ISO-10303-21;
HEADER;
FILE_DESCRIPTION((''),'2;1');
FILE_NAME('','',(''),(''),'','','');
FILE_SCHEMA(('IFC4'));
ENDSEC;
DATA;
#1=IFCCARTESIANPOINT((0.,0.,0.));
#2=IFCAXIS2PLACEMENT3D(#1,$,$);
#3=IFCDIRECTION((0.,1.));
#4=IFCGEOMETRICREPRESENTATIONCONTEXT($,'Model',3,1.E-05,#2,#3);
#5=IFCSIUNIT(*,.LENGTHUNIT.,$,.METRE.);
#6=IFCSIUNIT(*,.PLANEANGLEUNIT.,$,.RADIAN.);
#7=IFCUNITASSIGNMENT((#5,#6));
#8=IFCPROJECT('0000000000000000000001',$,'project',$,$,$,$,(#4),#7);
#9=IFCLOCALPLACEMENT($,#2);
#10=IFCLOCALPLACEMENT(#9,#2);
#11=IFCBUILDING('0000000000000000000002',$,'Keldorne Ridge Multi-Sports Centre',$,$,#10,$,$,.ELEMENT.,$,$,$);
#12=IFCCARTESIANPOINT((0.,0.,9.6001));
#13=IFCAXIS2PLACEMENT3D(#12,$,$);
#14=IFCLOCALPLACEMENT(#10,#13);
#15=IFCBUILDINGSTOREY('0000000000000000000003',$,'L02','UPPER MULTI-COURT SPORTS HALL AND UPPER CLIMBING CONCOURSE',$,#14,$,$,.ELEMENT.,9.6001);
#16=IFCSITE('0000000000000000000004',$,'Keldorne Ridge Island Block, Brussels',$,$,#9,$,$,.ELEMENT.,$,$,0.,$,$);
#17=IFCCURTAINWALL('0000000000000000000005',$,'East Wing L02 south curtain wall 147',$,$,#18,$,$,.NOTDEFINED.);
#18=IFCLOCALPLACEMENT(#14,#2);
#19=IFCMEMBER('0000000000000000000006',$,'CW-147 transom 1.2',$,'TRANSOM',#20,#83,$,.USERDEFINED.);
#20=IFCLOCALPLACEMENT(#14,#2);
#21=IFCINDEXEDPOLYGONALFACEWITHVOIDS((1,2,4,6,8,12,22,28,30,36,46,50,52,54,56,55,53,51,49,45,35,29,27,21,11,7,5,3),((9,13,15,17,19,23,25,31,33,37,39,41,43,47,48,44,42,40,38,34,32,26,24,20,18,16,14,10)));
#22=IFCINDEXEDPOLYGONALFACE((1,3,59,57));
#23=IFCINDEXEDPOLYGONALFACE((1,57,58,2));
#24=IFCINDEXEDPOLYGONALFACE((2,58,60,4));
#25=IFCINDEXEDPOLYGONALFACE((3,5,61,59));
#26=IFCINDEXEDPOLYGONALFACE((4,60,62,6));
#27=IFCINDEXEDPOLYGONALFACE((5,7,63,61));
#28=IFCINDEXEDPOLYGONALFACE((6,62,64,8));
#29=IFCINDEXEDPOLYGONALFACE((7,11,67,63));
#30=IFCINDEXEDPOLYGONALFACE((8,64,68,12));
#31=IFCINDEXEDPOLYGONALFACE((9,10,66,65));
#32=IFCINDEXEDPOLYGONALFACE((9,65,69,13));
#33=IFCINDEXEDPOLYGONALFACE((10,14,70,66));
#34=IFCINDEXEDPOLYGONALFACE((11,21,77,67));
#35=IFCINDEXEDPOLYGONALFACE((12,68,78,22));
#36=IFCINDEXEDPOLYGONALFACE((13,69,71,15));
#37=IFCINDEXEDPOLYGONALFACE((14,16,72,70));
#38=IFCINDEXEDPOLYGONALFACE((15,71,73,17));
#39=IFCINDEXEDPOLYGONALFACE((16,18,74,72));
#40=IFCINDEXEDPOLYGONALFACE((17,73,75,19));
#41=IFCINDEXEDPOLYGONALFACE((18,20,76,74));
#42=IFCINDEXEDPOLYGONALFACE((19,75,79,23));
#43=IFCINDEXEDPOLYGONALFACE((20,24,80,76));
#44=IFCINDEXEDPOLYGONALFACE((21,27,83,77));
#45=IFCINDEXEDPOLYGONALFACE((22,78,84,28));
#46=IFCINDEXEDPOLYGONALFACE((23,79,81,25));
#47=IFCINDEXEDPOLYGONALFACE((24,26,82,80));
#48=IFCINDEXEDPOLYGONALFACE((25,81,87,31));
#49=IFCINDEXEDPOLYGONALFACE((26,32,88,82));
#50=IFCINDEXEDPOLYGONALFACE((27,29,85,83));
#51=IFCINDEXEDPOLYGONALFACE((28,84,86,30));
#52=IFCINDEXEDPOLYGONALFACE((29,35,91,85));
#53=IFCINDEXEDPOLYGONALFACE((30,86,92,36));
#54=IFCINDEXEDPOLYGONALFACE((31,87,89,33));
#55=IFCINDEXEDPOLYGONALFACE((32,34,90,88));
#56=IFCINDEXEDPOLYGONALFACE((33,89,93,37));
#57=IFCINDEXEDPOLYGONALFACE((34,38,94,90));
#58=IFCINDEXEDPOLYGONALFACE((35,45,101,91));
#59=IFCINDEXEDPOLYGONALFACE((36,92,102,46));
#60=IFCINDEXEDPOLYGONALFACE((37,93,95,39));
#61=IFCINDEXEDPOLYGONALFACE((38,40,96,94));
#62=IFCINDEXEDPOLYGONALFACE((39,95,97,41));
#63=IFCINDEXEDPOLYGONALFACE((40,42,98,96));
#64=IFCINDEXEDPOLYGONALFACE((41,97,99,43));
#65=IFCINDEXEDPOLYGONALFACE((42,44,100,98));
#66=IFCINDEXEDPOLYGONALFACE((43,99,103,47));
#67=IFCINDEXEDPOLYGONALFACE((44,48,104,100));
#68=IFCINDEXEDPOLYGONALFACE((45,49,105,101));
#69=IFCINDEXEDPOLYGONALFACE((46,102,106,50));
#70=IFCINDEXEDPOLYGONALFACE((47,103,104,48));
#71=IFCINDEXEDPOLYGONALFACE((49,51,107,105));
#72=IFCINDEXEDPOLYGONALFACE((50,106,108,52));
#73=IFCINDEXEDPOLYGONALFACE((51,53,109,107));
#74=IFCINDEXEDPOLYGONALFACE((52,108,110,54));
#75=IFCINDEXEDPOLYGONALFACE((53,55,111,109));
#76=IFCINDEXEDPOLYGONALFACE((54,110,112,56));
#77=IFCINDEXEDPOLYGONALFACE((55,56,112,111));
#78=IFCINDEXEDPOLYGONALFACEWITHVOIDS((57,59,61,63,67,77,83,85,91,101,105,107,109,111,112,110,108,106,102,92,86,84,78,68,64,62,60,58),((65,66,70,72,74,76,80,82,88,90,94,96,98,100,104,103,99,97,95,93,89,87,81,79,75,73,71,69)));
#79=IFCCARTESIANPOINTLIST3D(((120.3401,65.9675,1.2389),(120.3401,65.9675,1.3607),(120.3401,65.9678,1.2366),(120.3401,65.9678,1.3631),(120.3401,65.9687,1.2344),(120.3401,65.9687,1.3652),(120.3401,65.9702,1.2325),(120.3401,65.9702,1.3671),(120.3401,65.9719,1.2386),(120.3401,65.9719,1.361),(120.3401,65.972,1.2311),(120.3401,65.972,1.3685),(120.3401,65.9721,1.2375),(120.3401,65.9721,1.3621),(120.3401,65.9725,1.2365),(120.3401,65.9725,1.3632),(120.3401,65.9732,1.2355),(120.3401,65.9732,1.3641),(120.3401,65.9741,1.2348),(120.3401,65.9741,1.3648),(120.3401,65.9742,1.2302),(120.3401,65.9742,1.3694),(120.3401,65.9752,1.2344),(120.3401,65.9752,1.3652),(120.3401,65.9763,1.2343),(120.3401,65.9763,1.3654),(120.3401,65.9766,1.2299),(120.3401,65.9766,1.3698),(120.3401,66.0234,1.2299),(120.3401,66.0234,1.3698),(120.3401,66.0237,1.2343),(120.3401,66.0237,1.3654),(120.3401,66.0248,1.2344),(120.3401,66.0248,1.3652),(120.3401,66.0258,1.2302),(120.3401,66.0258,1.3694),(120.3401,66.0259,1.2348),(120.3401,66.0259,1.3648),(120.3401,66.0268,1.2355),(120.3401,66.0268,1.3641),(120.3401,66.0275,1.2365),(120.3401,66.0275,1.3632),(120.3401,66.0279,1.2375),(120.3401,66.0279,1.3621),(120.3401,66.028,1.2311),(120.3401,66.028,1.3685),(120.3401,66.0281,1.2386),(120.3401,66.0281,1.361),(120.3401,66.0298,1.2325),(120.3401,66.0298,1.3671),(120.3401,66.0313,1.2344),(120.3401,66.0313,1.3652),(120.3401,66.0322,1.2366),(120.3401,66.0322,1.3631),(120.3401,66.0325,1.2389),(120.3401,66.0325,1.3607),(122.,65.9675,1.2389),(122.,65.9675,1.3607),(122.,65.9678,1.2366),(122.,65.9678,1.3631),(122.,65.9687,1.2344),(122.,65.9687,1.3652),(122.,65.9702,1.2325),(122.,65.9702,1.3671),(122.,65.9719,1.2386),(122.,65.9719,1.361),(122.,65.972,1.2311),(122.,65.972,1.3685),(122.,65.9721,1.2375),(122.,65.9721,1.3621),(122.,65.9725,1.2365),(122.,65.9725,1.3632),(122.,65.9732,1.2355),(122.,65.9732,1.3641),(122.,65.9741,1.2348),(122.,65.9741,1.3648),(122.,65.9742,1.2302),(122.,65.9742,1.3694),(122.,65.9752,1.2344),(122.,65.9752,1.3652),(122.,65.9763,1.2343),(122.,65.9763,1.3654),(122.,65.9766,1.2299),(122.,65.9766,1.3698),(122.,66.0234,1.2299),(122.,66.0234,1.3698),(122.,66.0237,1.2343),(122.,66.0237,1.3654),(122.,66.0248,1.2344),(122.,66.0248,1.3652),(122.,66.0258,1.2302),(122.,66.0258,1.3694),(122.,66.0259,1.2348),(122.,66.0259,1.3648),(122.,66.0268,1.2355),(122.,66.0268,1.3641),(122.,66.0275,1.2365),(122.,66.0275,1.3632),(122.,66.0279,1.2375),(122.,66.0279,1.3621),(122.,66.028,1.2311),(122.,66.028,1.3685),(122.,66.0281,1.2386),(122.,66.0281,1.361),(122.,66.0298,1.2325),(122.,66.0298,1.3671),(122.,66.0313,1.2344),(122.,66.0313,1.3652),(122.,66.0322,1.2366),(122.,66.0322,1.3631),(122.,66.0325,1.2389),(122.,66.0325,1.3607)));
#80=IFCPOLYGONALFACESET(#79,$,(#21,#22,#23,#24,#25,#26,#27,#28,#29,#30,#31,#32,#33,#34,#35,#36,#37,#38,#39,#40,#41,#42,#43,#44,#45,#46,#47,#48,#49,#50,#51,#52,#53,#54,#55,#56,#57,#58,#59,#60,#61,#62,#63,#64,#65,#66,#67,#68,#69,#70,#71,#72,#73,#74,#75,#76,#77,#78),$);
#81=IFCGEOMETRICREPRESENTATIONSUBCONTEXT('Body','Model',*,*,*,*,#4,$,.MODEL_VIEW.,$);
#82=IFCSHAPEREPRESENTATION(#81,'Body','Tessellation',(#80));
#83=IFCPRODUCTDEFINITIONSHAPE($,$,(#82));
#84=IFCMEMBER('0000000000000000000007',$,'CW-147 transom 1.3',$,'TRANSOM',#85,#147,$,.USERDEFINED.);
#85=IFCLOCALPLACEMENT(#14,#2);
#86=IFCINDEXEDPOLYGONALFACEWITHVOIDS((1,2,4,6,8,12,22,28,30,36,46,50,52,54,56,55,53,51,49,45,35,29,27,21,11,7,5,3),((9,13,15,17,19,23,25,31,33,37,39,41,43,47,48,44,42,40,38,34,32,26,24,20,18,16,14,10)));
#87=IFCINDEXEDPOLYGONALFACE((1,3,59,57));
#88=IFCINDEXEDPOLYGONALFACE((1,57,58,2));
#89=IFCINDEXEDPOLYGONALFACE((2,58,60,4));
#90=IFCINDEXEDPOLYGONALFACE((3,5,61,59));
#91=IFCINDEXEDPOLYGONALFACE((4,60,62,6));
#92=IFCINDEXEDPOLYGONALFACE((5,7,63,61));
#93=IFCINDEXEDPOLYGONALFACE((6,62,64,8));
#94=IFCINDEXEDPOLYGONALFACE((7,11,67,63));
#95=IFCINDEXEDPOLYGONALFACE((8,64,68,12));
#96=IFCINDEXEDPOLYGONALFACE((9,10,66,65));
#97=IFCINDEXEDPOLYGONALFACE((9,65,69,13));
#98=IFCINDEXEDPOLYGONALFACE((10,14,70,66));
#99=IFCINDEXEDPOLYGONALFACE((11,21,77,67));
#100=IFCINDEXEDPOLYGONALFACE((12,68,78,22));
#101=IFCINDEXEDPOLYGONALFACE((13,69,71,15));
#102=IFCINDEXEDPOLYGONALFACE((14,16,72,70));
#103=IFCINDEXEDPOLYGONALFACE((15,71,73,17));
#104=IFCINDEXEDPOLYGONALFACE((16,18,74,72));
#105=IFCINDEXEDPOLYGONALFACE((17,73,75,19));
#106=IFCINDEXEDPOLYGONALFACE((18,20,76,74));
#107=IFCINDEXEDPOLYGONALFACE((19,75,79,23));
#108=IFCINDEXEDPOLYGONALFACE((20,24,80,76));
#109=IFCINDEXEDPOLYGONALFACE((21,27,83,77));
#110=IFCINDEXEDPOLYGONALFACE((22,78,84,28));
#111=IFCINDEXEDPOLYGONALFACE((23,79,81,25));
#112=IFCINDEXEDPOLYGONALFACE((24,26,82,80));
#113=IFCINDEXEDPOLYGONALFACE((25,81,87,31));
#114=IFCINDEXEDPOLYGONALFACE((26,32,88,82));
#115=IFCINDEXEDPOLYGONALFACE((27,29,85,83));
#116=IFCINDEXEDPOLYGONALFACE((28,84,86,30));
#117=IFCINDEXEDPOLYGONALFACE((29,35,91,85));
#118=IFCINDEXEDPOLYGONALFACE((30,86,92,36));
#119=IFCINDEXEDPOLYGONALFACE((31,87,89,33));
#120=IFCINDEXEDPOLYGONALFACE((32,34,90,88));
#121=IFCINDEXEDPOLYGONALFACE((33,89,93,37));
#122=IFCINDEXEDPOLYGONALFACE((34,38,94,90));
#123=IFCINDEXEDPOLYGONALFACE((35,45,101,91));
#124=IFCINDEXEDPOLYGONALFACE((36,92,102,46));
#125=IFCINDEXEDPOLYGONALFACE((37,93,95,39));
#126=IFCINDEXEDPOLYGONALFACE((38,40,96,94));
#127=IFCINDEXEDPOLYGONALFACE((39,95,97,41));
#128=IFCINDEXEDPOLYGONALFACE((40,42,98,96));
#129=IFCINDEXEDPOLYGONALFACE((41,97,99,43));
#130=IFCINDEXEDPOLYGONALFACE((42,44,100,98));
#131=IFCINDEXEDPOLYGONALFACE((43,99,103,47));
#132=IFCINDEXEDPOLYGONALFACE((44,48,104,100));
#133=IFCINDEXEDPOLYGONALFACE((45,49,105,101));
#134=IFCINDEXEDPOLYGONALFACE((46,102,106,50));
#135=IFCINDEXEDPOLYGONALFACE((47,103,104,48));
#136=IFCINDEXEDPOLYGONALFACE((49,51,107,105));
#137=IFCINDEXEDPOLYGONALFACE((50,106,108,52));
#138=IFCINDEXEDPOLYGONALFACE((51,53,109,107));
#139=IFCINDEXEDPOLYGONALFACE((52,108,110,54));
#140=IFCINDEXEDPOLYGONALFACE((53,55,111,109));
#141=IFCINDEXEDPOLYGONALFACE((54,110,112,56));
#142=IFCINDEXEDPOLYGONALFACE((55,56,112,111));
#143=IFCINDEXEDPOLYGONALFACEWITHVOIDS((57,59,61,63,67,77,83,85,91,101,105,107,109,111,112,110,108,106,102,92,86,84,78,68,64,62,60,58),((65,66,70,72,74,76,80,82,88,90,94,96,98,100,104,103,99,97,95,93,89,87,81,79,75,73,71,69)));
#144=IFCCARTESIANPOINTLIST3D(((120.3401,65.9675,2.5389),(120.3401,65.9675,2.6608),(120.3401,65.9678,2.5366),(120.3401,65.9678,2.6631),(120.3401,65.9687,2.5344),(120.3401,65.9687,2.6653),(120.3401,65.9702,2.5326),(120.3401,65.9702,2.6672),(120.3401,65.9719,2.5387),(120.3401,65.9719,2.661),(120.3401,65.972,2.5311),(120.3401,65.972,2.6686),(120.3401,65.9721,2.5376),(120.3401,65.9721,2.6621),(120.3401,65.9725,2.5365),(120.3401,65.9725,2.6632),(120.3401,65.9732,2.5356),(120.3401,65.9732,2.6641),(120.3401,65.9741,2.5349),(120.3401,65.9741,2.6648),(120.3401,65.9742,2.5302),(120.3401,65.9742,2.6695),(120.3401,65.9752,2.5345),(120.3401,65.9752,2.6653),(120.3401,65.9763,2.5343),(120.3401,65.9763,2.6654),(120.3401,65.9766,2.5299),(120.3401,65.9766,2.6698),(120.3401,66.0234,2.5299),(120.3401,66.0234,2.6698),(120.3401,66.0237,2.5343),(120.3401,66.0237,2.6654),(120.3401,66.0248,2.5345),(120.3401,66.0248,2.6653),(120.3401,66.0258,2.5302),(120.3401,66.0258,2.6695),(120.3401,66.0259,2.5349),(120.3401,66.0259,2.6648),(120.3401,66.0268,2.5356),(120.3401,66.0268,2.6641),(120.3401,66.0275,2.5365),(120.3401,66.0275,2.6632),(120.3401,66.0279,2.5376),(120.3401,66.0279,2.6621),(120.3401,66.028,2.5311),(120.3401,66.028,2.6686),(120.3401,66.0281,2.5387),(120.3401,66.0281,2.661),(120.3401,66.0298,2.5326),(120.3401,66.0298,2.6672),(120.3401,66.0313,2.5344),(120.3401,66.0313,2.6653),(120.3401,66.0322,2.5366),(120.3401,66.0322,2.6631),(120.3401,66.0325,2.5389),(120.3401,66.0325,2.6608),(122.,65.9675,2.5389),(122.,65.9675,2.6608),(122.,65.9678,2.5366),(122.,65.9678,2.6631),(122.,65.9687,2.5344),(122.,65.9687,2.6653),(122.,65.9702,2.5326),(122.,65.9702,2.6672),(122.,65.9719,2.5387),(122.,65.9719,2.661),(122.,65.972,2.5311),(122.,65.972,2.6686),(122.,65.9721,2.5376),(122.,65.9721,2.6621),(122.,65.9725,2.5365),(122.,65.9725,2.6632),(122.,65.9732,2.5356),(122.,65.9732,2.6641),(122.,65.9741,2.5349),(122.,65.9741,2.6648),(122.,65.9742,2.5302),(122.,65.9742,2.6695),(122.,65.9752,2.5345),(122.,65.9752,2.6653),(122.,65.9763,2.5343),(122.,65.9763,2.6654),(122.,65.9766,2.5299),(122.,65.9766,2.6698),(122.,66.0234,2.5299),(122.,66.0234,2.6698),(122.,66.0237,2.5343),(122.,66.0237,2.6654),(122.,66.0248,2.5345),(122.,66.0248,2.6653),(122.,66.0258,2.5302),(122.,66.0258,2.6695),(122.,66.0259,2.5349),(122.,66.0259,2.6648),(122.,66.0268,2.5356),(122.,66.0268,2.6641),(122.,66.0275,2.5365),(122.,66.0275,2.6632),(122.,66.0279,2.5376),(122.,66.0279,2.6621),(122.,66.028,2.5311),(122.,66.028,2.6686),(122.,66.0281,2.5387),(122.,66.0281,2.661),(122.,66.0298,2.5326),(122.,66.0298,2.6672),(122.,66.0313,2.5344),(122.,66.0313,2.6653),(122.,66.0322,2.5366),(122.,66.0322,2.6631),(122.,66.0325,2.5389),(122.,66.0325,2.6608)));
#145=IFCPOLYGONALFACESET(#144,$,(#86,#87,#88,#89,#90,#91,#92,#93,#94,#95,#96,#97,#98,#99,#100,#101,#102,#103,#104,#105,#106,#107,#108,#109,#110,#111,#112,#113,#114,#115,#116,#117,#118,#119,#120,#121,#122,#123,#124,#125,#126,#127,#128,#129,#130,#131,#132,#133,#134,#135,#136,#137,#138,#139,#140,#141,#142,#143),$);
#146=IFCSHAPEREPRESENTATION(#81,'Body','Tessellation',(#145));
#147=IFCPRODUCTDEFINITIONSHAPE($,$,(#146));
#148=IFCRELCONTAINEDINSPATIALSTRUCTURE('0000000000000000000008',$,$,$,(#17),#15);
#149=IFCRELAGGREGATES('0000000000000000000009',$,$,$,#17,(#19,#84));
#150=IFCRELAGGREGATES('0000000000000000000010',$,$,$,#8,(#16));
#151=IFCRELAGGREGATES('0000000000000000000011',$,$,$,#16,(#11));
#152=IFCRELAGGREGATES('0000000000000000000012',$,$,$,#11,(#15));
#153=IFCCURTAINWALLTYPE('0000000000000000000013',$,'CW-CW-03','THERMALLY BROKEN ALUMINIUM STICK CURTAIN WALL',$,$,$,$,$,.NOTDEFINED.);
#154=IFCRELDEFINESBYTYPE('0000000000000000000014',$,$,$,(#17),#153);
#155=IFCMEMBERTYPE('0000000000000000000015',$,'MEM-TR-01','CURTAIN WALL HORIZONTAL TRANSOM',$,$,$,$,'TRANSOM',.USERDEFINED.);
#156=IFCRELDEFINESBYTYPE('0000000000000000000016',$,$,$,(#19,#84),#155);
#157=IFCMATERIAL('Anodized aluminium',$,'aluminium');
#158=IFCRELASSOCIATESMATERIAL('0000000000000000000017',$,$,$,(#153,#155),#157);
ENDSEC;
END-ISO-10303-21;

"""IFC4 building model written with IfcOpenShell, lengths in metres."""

from ifc_helpers import new_model, si_unit, direction, frame, origin, origin_2d, place, context, subcontext, project, spatial, hollow_rectangle, extrude, material, material_profile, profile_set, type_object, element, aggregate, save


model = new_model("IFC4")

# Units and contexts
model_context = context("Model", 3, precision=1e-05, world=origin(), true_north=direction((0.0, 1.0)))
body_context = subcontext(model_context, "Body", "Model", "MODEL_VIEW")
ifc_project = project(units=[si_unit("LENGTHUNIT", "METRE"), si_unit("PLANEANGLEUNIT", "RADIAN")], contexts=[model_context])

# Site, building, storey
site_placement = place(None, origin())
site = spatial("IfcSite", under=ifc_project, at=site_placement, Name="Keldorne Ridge Island Block, Brussels", CompositionType="ELEMENT", RefElevation=0.0)
building_placement = place(site_placement, origin())
building = spatial("IfcBuilding", under=site, at=building_placement, Name="Keldorne Ridge Multi-Sports Centre", CompositionType="ELEMENT")
storey_placement = place(building_placement, frame((0.0, 0.0, 9.6001)))
storey = spatial("IfcBuildingStorey", under=building, at=storey_placement, Name="L02", Description="UPPER MULTI-COURT SPORTS HALL AND UPPER CLIMBING CONCOURSE", CompositionType="ELEMENT", Elevation=9.6001)

# Curtain wall
ifc_material_1 = material(Name="Anodized aluminium", Category="aluminium")
curtain_wall_type_1 = type_object("IfcCurtainWallType", Name="CW-CW-03", Description="THERMALLY BROKEN ALUMINIUM STICK CURTAIN WALL", PredefinedType="NOTDEFINED", material=ifc_material_1)
curtain_wall_1_placement = place(storey_placement, origin())
curtain_wall_1 = element("IfcCurtainWall", 1, at=curtain_wall_1_placement, inside=storey, type_object=curtain_wall_type_1, Name="East Wing L02 south curtain wall 147", PredefinedType="NOTDEFINED")

# Members
ifc_material_profile_1 = material_profile(ifc_material_1, hollow_rectangle(XDim=0.0649, YDim=0.1399, WallThickness=0.0044, InnerFilletRadius=0.0044, OuterFilletRadius=0.009, at=origin_2d()), Name="ALU TRANSOM 140x65x4.5")
ifc_profile_set_1 = profile_set([ifc_material_profile_1], Name="Anodized aluminium")
member_type_1 = type_object("IfcMemberType", Name="MEM-TR-01", Description="CURTAIN WALL HORIZONTAL TRANSOM", ElementType="TRANSOM", PredefinedType="USERDEFINED", material=ifc_profile_set_1)
member_1_placement = place(storey_placement, frame((120.3401, 66.0, 1.2998), z_axis=(1.0, 0.0, 0.0), x_axis=(0.0, 1.0, 0.0)))
member_1 = element("IfcMember", 2, at=member_1_placement, type_object=member_type_1, Name="CW-147 transom 1.2", ObjectType="TRANSOM", PredefinedType="USERDEFINED", context=body_context, shape_type="SweptSolid", body=[
    extrude(hollow_rectangle(XDim=0.0649, YDim=0.1399, WallThickness=0.0044, InnerFilletRadius=0.0044, OuterFilletRadius=0.009, at=origin_2d()), origin(), (0.0, 0.0, 1.0), 1.6599),
])
member_2_placement = place(storey_placement, frame((120.3401, 66.0, 2.5999), z_axis=(1.0, 0.0, 0.0), x_axis=(0.0, 1.0, 0.0)))
member_2 = element("IfcMember", 3, at=member_2_placement, type_object=member_type_1, Name="CW-147 transom 1.3", ObjectType="TRANSOM", PredefinedType="USERDEFINED", context=body_context, shape_type="SweptSolid", body=[
    extrude(hollow_rectangle(XDim=0.0649, YDim=0.1399, WallThickness=0.0044, InnerFilletRadius=0.0044, OuterFilletRadius=0.009, at=origin_2d()), origin(), (0.0, 0.0, 1.0), 1.6599),
])

aggregate(curtain_wall_1, [member_1, member_2])

save(model, "model.ifc")
